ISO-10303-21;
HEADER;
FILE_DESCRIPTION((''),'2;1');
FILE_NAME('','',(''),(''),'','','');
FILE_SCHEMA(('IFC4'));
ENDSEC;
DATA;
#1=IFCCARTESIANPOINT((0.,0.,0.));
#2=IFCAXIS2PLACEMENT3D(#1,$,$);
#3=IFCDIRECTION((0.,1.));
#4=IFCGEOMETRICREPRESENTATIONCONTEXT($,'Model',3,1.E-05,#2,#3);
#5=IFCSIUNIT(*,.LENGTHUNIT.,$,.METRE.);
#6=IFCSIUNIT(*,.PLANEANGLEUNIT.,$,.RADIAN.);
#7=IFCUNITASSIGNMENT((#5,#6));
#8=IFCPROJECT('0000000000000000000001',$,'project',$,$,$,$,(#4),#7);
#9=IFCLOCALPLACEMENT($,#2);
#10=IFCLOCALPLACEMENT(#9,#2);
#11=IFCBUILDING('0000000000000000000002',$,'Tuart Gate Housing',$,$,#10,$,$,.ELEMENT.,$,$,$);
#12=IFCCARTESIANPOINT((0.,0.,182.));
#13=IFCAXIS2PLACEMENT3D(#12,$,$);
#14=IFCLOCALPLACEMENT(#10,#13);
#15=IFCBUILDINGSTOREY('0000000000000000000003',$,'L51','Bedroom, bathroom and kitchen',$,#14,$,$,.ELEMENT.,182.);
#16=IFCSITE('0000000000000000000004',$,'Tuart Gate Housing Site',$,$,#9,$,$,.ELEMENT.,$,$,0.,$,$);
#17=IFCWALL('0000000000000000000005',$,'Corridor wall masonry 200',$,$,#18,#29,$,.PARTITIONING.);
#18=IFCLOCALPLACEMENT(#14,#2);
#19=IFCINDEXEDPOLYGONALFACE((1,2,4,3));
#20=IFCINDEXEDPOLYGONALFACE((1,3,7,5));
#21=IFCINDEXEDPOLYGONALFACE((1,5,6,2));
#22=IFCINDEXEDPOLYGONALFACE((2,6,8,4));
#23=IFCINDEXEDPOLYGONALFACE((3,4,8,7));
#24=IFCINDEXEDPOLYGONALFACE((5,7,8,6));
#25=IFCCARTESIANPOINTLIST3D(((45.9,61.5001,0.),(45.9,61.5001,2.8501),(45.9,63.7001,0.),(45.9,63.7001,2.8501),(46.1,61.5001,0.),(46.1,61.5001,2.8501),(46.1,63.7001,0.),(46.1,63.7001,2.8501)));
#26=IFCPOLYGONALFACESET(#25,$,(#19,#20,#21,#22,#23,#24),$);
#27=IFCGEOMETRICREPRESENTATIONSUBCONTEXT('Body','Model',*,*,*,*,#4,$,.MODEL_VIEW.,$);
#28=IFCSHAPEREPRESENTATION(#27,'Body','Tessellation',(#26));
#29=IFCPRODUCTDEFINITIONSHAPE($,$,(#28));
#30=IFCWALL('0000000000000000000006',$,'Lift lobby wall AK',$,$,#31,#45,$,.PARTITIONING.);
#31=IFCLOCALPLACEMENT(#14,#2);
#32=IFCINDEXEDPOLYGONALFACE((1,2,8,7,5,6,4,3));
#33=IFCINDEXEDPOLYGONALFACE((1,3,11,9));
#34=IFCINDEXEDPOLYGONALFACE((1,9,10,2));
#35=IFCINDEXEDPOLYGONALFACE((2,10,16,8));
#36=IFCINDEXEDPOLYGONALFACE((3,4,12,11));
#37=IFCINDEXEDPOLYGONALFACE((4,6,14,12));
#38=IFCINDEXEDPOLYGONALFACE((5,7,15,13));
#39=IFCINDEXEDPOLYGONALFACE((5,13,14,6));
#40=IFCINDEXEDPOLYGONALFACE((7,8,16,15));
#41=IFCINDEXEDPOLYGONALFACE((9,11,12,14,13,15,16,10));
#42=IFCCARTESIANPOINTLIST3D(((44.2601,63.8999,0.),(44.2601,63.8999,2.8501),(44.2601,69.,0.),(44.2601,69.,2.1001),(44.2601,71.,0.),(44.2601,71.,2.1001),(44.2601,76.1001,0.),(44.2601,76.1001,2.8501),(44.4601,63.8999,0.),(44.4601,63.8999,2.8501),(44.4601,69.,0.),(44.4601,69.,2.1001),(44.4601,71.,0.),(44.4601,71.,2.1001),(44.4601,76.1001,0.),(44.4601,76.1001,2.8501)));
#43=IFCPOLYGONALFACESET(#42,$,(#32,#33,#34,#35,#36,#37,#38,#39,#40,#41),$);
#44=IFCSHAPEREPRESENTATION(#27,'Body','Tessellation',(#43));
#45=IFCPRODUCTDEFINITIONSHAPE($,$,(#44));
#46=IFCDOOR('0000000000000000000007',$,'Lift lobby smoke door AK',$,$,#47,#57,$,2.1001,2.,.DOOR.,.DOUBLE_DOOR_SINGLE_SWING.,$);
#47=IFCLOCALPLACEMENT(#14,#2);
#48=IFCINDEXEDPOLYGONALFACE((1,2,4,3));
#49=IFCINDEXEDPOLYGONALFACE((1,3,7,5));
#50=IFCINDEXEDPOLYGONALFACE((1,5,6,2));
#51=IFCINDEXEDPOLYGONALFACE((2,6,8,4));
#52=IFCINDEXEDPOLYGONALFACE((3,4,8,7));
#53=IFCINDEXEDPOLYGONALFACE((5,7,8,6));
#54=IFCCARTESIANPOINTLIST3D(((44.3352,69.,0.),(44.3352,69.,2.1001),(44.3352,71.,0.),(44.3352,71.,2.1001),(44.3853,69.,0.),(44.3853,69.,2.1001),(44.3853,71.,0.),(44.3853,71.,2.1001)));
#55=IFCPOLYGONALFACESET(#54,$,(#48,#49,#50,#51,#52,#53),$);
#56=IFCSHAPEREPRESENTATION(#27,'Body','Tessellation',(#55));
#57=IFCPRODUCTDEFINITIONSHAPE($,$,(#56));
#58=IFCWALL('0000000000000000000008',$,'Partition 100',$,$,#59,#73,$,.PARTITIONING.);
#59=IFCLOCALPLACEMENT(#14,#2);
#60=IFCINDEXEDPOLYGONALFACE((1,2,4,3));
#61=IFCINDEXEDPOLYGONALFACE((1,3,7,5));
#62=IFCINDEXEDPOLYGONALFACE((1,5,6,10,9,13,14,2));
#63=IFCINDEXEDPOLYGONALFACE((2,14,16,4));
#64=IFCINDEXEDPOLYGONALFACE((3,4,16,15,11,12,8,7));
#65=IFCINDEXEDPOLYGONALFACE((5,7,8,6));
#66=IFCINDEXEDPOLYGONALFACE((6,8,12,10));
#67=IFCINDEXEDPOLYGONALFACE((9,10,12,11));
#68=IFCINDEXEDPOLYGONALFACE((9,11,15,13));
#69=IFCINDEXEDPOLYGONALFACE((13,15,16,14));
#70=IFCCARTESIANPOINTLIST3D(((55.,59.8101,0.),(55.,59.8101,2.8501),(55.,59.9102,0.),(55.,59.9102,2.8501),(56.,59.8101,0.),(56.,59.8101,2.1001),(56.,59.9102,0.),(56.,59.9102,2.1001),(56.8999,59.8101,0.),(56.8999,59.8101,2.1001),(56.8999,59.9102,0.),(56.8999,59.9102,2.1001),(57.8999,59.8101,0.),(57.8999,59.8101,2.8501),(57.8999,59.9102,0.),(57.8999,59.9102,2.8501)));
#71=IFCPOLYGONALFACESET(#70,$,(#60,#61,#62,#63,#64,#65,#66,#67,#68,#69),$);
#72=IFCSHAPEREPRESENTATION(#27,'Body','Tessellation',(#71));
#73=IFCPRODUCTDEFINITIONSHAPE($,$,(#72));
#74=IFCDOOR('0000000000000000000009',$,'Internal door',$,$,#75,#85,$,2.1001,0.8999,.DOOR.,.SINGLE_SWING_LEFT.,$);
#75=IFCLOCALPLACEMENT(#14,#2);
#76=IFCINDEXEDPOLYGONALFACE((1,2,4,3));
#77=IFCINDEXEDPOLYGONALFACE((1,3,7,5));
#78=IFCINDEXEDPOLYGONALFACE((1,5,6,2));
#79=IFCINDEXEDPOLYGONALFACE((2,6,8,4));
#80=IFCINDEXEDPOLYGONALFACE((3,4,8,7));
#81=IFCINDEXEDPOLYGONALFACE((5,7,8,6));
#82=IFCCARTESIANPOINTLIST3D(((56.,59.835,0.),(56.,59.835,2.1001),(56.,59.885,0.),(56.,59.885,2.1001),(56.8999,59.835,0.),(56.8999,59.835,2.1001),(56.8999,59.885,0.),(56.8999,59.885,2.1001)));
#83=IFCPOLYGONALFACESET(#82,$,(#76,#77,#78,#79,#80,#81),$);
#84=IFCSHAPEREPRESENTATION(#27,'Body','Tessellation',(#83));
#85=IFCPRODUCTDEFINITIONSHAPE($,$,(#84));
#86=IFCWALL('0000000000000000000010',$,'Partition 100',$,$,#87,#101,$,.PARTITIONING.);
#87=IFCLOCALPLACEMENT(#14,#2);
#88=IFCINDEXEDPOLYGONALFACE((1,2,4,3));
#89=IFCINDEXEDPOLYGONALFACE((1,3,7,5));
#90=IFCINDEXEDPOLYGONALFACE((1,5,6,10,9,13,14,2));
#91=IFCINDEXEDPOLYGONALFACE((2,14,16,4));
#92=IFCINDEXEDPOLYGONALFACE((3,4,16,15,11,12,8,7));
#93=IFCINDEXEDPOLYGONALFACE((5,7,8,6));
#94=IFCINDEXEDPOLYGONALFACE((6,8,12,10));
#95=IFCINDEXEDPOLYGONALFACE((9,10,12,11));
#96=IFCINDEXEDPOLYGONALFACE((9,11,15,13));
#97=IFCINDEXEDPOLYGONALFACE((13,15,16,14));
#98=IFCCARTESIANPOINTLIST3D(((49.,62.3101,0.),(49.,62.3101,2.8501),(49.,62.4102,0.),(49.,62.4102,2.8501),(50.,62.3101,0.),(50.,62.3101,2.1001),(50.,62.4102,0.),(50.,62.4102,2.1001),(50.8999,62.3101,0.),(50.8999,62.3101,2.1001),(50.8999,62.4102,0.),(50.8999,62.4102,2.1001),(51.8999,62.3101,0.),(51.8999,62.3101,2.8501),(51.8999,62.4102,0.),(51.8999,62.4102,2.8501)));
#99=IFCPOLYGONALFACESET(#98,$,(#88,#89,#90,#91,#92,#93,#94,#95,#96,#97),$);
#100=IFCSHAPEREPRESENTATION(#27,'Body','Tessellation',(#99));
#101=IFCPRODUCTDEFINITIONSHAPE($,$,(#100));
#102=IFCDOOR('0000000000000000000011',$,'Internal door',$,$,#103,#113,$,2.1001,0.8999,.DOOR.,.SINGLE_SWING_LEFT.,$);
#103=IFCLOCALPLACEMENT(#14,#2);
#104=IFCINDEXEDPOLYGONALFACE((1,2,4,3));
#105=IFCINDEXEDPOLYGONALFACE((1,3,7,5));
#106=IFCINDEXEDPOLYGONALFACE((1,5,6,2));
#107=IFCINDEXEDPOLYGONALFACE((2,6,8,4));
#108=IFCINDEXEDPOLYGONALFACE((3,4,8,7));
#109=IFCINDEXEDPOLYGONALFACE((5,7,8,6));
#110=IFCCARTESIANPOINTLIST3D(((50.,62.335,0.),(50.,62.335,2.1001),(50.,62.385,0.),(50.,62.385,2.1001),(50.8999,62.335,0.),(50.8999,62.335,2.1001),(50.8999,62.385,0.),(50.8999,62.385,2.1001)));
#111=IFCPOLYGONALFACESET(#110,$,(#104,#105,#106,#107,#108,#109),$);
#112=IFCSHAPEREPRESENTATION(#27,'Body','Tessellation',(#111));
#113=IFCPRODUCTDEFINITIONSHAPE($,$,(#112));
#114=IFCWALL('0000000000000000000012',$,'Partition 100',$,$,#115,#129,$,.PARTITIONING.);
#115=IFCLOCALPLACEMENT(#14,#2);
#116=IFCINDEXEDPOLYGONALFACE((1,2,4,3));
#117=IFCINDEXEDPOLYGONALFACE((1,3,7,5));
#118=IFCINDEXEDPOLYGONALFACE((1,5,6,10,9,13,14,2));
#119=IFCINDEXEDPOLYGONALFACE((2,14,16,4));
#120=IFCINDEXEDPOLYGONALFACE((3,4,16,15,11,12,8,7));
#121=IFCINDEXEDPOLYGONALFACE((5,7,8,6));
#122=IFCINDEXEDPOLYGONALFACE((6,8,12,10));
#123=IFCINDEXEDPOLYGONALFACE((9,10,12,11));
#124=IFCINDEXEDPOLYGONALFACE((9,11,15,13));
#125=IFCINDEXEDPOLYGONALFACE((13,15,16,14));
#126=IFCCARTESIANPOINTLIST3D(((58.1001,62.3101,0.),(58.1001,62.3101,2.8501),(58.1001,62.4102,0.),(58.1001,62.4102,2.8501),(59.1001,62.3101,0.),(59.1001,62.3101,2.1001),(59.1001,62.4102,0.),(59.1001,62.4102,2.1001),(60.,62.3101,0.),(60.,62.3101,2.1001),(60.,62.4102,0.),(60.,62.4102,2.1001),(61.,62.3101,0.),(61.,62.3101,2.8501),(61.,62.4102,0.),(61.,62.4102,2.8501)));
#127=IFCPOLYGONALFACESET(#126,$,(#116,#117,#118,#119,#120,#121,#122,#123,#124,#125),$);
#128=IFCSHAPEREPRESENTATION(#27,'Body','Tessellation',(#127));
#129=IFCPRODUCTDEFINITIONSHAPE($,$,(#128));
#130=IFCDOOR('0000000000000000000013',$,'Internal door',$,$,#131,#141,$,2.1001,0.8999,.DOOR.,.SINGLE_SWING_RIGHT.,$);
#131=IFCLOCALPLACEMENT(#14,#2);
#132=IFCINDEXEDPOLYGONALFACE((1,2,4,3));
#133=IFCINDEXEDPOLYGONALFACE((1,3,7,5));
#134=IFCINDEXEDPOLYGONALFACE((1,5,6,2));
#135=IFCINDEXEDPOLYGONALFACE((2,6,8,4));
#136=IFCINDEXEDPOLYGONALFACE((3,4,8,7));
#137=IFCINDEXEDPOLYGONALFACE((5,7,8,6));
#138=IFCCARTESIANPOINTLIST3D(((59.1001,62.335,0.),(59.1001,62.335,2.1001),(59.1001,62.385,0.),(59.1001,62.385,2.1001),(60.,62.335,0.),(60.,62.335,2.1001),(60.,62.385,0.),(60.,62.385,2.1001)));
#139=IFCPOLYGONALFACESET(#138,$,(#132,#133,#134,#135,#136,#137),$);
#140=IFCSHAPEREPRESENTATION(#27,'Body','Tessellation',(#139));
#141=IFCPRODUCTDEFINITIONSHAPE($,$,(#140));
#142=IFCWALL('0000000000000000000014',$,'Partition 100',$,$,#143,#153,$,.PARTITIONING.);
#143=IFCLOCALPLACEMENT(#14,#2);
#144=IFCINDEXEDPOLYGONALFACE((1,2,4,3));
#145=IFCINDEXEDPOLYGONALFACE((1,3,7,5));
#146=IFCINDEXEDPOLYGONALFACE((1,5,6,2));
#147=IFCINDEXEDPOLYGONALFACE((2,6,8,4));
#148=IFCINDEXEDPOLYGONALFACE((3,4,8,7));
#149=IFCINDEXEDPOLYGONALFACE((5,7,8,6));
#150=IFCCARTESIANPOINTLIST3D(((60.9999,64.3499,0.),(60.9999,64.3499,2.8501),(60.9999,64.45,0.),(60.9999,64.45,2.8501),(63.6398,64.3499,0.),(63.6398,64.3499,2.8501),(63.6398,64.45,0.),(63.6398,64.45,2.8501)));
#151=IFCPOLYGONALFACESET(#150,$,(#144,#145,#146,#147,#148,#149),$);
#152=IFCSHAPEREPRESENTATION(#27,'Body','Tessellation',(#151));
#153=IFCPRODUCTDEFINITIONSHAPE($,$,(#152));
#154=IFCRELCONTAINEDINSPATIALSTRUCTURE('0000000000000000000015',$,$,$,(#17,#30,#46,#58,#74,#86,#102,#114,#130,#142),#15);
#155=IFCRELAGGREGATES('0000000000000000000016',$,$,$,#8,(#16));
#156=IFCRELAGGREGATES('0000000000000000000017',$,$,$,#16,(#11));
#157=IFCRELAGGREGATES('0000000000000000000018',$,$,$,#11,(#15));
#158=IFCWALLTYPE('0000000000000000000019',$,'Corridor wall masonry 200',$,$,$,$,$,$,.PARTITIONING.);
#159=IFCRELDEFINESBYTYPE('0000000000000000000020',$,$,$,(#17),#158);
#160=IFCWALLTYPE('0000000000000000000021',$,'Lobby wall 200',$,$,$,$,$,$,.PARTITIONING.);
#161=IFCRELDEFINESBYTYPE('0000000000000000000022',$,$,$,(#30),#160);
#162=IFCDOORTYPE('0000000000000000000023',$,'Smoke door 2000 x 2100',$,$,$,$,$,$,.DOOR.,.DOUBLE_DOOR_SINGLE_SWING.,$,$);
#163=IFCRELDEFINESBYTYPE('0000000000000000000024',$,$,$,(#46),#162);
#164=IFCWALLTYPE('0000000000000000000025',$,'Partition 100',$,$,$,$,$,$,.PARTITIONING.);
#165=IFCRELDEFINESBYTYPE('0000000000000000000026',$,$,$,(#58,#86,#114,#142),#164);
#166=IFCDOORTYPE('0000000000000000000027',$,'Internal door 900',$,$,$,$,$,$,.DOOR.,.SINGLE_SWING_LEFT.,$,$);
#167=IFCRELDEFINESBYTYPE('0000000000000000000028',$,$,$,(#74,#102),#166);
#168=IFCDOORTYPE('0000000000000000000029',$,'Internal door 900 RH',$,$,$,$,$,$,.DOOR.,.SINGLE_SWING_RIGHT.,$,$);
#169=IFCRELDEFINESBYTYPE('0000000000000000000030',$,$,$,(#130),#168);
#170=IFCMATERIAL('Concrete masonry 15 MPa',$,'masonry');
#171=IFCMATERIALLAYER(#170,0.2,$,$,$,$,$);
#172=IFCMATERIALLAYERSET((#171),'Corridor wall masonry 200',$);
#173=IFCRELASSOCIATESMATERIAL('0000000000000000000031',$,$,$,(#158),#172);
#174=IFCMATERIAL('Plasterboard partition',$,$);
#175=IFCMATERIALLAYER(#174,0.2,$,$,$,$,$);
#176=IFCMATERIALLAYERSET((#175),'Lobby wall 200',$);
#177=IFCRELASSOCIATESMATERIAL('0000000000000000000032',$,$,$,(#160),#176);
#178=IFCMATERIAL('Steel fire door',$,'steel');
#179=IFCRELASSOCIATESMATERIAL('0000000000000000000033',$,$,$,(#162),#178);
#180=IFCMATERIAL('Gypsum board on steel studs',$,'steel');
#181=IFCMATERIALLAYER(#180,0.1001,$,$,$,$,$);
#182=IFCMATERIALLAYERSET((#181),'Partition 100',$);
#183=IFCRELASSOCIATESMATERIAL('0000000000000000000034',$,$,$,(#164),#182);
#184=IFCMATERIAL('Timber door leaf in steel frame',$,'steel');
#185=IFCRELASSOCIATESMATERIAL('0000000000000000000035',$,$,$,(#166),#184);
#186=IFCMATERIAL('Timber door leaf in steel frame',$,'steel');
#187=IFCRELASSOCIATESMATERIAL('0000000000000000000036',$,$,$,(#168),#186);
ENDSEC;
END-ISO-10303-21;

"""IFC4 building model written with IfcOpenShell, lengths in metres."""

from ifc_helpers import new_model, si_unit, direction, frame, frame_2d, origin, place, context, subcontext, project, spatial, rectangle, extrude, material, layer, layer_set, type_object, element, fill, save


model = new_model("IFC4")

# Units and contexts
model_context = context("Model", 3, precision=1e-05, world=origin(), true_north=direction((0.0, 1.0)))
body_context = subcontext(model_context, "Body", "Model", "MODEL_VIEW")
ifc_project = project(units=[si_unit("LENGTHUNIT", "METRE"), si_unit("PLANEANGLEUNIT", "RADIAN")], contexts=[model_context])

# Site, building, storey
site_placement = place(None, origin())
site = spatial("IfcSite", under=ifc_project, at=site_placement, Name="Tuart Gate Housing Site", CompositionType="ELEMENT", RefElevation=0.0)
building_placement = place(site_placement, origin())
building = spatial("IfcBuilding", under=site, at=building_placement, Name="Tuart Gate Housing", CompositionType="ELEMENT")
storey_placement = place(building_placement, frame((0.0, 0.0, 182.0)))
storey = spatial("IfcBuildingStorey", under=building, at=storey_placement, Name="L51", Description="Bedroom, bathroom and kitchen", CompositionType="ELEMENT", Elevation=182.0)

# Wall
ifc_material_1 = material(Name="Concrete masonry 15 MPa", Category="masonry")
ifc_layer_1 = layer(ifc_material_1, 0.2)
ifc_layer_set_1 = layer_set([ifc_layer_1], Name="Corridor wall masonry 200")
wall_type_1 = type_object("IfcWallType", Name="Corridor wall masonry 200", PredefinedType="PARTITIONING", material=ifc_layer_set_1)
wall_1_placement = place(storey_placement, frame((46.0, 61.5, 0.0), z_axis=(0.0, 0.0, 1.0), x_axis=(0.0, 1.0, 0.0)))
element("IfcWall", 1, at=wall_1_placement, inside=storey, type_object=wall_type_1, Name="Corridor wall masonry 200", PredefinedType="PARTITIONING", context=body_context, shape_type="SweptSolid", body=[
    extrude(rectangle(XDim=2.2, YDim=0.2, at=frame_2d((1.1001, 0.0))), origin(), (0.0, 0.0, 1.0), 2.8501),
])

# Walls, openings, doors
ifc_material_2 = material(Name="Plasterboard partition")
ifc_layer_2 = layer(ifc_material_2, 0.2)
ifc_layer_set_2 = layer_set([ifc_layer_2], Name="Lobby wall 200")
wall_type_2 = type_object("IfcWallType", Name="Lobby wall 200", PredefinedType="PARTITIONING", material=ifc_layer_set_2)
wall_2_placement = place(storey_placement, frame((44.3601, 63.8999, 0.0), z_axis=(0.0, 0.0, 1.0), x_axis=(0.0, 1.0, 0.0)))
wall_2 = element("IfcWall", 2, at=wall_2_placement, inside=storey, type_object=wall_type_2, Name="Lift lobby wall AK", PredefinedType="PARTITIONING", context=body_context, shape_type="SweptSolid", body=[
    extrude(rectangle(XDim=12.2002, YDim=0.2, at=frame_2d((6.1001, 0.0))), origin(), (0.0, 0.0, 1.0), 2.8501),
])
opening_1_placement = place(wall_2_placement, frame((5.1001, 0.0, 0.0)))
opening_1 = element("IfcOpeningElement", 3, at=opening_1_placement, cuts=wall_2, PredefinedType="OPENING", context=body_context, shape_type="SweptSolid", body=[
    extrude(rectangle(XDim=2.0, YDim=2.1001, at=frame_2d((1.0, 1.05))), frame((0.0, 0.1099, 0.0), z_axis=(0.0, -1.0, 0.0), x_axis=(1.0, 0.0, 0.0)), (0.0, 0.0, 1.0), 0.22),
])
ifc_material_3 = material(Name="Steel fire door", Category="steel")
door_type_1 = type_object("IfcDoorType", Name="Smoke door 2000 x 2100", OperationType="DOUBLE_DOOR_SINGLE_SWING", PredefinedType="DOOR", material=ifc_material_3)
door_1_placement = place(opening_1_placement, origin())
door_1 = element("IfcDoor", 4, at=door_1_placement, inside=storey, type_object=door_type_1, Name="Lift lobby smoke door AK", OperationType="DOUBLE_DOOR_SINGLE_SWING", OverallHeight=2.1001, OverallWidth=2.0, PredefinedType="DOOR", context=body_context, shape_type="SweptSolid", body=[
    extrude(rectangle(XDim=2.0, YDim=2.1001, at=frame_2d((1.0, 1.05))), frame((0.0, 0.0249, 0.0), z_axis=(0.0, -1.0, 0.0), x_axis=(1.0, 0.0, 0.0)), (0.0, 0.0, 1.0), 0.05),
])
fill(opening_1, door_1)
ifc_material_4 = material(Name="Gypsum board on steel studs", Category="steel")
ifc_layer_3 = layer(ifc_material_4, 0.1001)
ifc_layer_set_3 = layer_set([ifc_layer_3], Name="Partition 100")
wall_type_3 = type_object("IfcWallType", Name="Partition 100", PredefinedType="PARTITIONING", material=ifc_layer_set_3)
wall_3_placement = place(storey_placement, frame((55.0, 59.8601, 0.0), z_axis=(0.0, 0.0, 1.0), x_axis=(1.0, 0.0, 0.0)))
wall_3 = element("IfcWall", 5, at=wall_3_placement, inside=storey, type_object=wall_type_3, Name="Partition 100", PredefinedType="PARTITIONING", context=body_context, shape_type="SweptSolid", body=[
    extrude(rectangle(XDim=2.8999, YDim=0.1001, at=frame_2d((1.45, 0.0))), origin(), (0.0, 0.0, 1.0), 2.8501),
])
opening_2_placement = place(wall_3_placement, frame((1.0, 0.0, 0.0)))
opening_2 = element("IfcOpeningElement", 6, at=opening_2_placement, cuts=wall_3, PredefinedType="OPENING", context=body_context, shape_type="SweptSolid", body=[
    extrude(rectangle(XDim=0.8999, YDim=2.1001, at=frame_2d((0.45, 1.05))), frame((0.0, 0.0601, 0.0), z_axis=(0.0, -1.0, 0.0), x_axis=(1.0, 0.0, 0.0)), (0.0, 0.0, 1.0), 0.1201),
])
ifc_material_5 = material(Name="Timber door leaf in steel frame", Category="steel")
door_type_2 = type_object("IfcDoorType", Name="Internal door 900", OperationType="SINGLE_SWING_LEFT", PredefinedType="DOOR", material=ifc_material_5)
door_2_placement = place(opening_2_placement, origin())
door_2 = element("IfcDoor", 7, at=door_2_placement, inside=storey, type_object=door_type_2, Name="Internal door", OperationType="SINGLE_SWING_LEFT", OverallHeight=2.1001, OverallWidth=0.8999, PredefinedType="DOOR", context=body_context, shape_type="SweptSolid", body=[
    extrude(rectangle(XDim=0.8999, YDim=2.1001, at=frame_2d((0.45, 1.05))), frame((0.0, 0.0249, 0.0), z_axis=(0.0, -1.0, 0.0), x_axis=(1.0, 0.0, 0.0)), (0.0, 0.0, 1.0), 0.05),
])
fill(opening_2, door_2)
wall_4_placement = place(storey_placement, frame((49.0, 62.3601, 0.0), z_axis=(0.0, 0.0, 1.0), x_axis=(1.0, 0.0, 0.0)))
wall_4 = element("IfcWall", 8, at=wall_4_placement, inside=storey, type_object=wall_type_3, Name="Partition 100", PredefinedType="PARTITIONING", context=body_context, shape_type="SweptSolid", body=[
    extrude(rectangle(XDim=2.8999, YDim=0.1001, at=frame_2d((1.45, 0.0))), origin(), (0.0, 0.0, 1.0), 2.8501),
])
opening_3_placement = place(wall_4_placement, frame((1.0, 0.0, 0.0)))
opening_3 = element("IfcOpeningElement", 9, at=opening_3_placement, cuts=wall_4, PredefinedType="OPENING", context=body_context, shape_type="SweptSolid", body=[
    extrude(rectangle(XDim=0.8999, YDim=2.1001, at=frame_2d((0.45, 1.05))), frame((0.0, 0.0601, 0.0), z_axis=(0.0, -1.0, 0.0), x_axis=(1.0, 0.0, 0.0)), (0.0, 0.0, 1.0), 0.1201),
])
door_3_placement = place(opening_3_placement, origin())
door_3 = element("IfcDoor", 10, at=door_3_placement, inside=storey, type_object=door_type_2, Name="Internal door", OperationType="SINGLE_SWING_LEFT", OverallHeight=2.1001, OverallWidth=0.8999, PredefinedType="DOOR", context=body_context, shape_type="SweptSolid", body=[
    extrude(rectangle(XDim=0.8999, YDim=2.1001, at=frame_2d((0.45, 1.05))), frame((0.0, 0.0249, 0.0), z_axis=(0.0, -1.0, 0.0), x_axis=(1.0, 0.0, 0.0)), (0.0, 0.0, 1.0), 0.05),
])
fill(opening_3, door_3)
wall_5_placement = place(storey_placement, frame((58.1001, 62.3601, 0.0), z_axis=(0.0, 0.0, 1.0), x_axis=(1.0, 0.0, 0.0)))
wall_5 = element("IfcWall", 11, at=wall_5_placement, inside=storey, type_object=wall_type_3, Name="Partition 100", PredefinedType="PARTITIONING", context=body_context, shape_type="SweptSolid", body=[
    extrude(rectangle(XDim=2.8999, YDim=0.1001, at=frame_2d((1.45, 0.0))), origin(), (0.0, 0.0, 1.0), 2.8501),
])
opening_4_placement = place(wall_5_placement, frame((1.0, 0.0, 0.0)))
opening_4 = element("IfcOpeningElement", 12, at=opening_4_placement, cuts=wall_5, PredefinedType="OPENING", context=body_context, shape_type="SweptSolid", body=[
    extrude(rectangle(XDim=0.8999, YDim=2.1001, at=frame_2d((0.45, 1.05))), frame((0.0, 0.0601, 0.0), z_axis=(0.0, -1.0, 0.0), x_axis=(1.0, 0.0, 0.0)), (0.0, 0.0, 1.0), 0.1201),
])
ifc_material_6 = material(Name="Timber door leaf in steel frame", Category="steel")
door_type_3 = type_object("IfcDoorType", Name="Internal door 900 RH", OperationType="SINGLE_SWING_RIGHT", PredefinedType="DOOR", material=ifc_material_6)
door_4_placement = place(opening_4_placement, origin())
door_4 = element("IfcDoor", 13, at=door_4_placement, inside=storey, type_object=door_type_3, Name="Internal door", OperationType="SINGLE_SWING_RIGHT", OverallHeight=2.1001, OverallWidth=0.8999, PredefinedType="DOOR", context=body_context, shape_type="SweptSolid", body=[
    extrude(rectangle(XDim=0.8999, YDim=2.1001, at=frame_2d((0.45, 1.05))), frame((0.0, 0.0249, 0.0), z_axis=(0.0, -1.0, 0.0), x_axis=(1.0, 0.0, 0.0)), (0.0, 0.0, 1.0), 0.05),
])
fill(opening_4, door_4)

# Wall
wall_6_placement = place(storey_placement, frame((61.0, 64.3999, 0.0), z_axis=(0.0, 0.0, 1.0), x_axis=(1.0, 0.0, 0.0)))
element("IfcWall", 14, at=wall_6_placement, inside=storey, type_object=wall_type_3, Name="Partition 100", PredefinedType="PARTITIONING", context=body_context, shape_type="SweptSolid", body=[
    extrude(rectangle(XDim=2.6399, YDim=0.1001, at=frame_2d((1.3198, 0.0))), origin(), (0.0, 0.0, 1.0), 2.8501),
])

save(model, "model.ifc")
